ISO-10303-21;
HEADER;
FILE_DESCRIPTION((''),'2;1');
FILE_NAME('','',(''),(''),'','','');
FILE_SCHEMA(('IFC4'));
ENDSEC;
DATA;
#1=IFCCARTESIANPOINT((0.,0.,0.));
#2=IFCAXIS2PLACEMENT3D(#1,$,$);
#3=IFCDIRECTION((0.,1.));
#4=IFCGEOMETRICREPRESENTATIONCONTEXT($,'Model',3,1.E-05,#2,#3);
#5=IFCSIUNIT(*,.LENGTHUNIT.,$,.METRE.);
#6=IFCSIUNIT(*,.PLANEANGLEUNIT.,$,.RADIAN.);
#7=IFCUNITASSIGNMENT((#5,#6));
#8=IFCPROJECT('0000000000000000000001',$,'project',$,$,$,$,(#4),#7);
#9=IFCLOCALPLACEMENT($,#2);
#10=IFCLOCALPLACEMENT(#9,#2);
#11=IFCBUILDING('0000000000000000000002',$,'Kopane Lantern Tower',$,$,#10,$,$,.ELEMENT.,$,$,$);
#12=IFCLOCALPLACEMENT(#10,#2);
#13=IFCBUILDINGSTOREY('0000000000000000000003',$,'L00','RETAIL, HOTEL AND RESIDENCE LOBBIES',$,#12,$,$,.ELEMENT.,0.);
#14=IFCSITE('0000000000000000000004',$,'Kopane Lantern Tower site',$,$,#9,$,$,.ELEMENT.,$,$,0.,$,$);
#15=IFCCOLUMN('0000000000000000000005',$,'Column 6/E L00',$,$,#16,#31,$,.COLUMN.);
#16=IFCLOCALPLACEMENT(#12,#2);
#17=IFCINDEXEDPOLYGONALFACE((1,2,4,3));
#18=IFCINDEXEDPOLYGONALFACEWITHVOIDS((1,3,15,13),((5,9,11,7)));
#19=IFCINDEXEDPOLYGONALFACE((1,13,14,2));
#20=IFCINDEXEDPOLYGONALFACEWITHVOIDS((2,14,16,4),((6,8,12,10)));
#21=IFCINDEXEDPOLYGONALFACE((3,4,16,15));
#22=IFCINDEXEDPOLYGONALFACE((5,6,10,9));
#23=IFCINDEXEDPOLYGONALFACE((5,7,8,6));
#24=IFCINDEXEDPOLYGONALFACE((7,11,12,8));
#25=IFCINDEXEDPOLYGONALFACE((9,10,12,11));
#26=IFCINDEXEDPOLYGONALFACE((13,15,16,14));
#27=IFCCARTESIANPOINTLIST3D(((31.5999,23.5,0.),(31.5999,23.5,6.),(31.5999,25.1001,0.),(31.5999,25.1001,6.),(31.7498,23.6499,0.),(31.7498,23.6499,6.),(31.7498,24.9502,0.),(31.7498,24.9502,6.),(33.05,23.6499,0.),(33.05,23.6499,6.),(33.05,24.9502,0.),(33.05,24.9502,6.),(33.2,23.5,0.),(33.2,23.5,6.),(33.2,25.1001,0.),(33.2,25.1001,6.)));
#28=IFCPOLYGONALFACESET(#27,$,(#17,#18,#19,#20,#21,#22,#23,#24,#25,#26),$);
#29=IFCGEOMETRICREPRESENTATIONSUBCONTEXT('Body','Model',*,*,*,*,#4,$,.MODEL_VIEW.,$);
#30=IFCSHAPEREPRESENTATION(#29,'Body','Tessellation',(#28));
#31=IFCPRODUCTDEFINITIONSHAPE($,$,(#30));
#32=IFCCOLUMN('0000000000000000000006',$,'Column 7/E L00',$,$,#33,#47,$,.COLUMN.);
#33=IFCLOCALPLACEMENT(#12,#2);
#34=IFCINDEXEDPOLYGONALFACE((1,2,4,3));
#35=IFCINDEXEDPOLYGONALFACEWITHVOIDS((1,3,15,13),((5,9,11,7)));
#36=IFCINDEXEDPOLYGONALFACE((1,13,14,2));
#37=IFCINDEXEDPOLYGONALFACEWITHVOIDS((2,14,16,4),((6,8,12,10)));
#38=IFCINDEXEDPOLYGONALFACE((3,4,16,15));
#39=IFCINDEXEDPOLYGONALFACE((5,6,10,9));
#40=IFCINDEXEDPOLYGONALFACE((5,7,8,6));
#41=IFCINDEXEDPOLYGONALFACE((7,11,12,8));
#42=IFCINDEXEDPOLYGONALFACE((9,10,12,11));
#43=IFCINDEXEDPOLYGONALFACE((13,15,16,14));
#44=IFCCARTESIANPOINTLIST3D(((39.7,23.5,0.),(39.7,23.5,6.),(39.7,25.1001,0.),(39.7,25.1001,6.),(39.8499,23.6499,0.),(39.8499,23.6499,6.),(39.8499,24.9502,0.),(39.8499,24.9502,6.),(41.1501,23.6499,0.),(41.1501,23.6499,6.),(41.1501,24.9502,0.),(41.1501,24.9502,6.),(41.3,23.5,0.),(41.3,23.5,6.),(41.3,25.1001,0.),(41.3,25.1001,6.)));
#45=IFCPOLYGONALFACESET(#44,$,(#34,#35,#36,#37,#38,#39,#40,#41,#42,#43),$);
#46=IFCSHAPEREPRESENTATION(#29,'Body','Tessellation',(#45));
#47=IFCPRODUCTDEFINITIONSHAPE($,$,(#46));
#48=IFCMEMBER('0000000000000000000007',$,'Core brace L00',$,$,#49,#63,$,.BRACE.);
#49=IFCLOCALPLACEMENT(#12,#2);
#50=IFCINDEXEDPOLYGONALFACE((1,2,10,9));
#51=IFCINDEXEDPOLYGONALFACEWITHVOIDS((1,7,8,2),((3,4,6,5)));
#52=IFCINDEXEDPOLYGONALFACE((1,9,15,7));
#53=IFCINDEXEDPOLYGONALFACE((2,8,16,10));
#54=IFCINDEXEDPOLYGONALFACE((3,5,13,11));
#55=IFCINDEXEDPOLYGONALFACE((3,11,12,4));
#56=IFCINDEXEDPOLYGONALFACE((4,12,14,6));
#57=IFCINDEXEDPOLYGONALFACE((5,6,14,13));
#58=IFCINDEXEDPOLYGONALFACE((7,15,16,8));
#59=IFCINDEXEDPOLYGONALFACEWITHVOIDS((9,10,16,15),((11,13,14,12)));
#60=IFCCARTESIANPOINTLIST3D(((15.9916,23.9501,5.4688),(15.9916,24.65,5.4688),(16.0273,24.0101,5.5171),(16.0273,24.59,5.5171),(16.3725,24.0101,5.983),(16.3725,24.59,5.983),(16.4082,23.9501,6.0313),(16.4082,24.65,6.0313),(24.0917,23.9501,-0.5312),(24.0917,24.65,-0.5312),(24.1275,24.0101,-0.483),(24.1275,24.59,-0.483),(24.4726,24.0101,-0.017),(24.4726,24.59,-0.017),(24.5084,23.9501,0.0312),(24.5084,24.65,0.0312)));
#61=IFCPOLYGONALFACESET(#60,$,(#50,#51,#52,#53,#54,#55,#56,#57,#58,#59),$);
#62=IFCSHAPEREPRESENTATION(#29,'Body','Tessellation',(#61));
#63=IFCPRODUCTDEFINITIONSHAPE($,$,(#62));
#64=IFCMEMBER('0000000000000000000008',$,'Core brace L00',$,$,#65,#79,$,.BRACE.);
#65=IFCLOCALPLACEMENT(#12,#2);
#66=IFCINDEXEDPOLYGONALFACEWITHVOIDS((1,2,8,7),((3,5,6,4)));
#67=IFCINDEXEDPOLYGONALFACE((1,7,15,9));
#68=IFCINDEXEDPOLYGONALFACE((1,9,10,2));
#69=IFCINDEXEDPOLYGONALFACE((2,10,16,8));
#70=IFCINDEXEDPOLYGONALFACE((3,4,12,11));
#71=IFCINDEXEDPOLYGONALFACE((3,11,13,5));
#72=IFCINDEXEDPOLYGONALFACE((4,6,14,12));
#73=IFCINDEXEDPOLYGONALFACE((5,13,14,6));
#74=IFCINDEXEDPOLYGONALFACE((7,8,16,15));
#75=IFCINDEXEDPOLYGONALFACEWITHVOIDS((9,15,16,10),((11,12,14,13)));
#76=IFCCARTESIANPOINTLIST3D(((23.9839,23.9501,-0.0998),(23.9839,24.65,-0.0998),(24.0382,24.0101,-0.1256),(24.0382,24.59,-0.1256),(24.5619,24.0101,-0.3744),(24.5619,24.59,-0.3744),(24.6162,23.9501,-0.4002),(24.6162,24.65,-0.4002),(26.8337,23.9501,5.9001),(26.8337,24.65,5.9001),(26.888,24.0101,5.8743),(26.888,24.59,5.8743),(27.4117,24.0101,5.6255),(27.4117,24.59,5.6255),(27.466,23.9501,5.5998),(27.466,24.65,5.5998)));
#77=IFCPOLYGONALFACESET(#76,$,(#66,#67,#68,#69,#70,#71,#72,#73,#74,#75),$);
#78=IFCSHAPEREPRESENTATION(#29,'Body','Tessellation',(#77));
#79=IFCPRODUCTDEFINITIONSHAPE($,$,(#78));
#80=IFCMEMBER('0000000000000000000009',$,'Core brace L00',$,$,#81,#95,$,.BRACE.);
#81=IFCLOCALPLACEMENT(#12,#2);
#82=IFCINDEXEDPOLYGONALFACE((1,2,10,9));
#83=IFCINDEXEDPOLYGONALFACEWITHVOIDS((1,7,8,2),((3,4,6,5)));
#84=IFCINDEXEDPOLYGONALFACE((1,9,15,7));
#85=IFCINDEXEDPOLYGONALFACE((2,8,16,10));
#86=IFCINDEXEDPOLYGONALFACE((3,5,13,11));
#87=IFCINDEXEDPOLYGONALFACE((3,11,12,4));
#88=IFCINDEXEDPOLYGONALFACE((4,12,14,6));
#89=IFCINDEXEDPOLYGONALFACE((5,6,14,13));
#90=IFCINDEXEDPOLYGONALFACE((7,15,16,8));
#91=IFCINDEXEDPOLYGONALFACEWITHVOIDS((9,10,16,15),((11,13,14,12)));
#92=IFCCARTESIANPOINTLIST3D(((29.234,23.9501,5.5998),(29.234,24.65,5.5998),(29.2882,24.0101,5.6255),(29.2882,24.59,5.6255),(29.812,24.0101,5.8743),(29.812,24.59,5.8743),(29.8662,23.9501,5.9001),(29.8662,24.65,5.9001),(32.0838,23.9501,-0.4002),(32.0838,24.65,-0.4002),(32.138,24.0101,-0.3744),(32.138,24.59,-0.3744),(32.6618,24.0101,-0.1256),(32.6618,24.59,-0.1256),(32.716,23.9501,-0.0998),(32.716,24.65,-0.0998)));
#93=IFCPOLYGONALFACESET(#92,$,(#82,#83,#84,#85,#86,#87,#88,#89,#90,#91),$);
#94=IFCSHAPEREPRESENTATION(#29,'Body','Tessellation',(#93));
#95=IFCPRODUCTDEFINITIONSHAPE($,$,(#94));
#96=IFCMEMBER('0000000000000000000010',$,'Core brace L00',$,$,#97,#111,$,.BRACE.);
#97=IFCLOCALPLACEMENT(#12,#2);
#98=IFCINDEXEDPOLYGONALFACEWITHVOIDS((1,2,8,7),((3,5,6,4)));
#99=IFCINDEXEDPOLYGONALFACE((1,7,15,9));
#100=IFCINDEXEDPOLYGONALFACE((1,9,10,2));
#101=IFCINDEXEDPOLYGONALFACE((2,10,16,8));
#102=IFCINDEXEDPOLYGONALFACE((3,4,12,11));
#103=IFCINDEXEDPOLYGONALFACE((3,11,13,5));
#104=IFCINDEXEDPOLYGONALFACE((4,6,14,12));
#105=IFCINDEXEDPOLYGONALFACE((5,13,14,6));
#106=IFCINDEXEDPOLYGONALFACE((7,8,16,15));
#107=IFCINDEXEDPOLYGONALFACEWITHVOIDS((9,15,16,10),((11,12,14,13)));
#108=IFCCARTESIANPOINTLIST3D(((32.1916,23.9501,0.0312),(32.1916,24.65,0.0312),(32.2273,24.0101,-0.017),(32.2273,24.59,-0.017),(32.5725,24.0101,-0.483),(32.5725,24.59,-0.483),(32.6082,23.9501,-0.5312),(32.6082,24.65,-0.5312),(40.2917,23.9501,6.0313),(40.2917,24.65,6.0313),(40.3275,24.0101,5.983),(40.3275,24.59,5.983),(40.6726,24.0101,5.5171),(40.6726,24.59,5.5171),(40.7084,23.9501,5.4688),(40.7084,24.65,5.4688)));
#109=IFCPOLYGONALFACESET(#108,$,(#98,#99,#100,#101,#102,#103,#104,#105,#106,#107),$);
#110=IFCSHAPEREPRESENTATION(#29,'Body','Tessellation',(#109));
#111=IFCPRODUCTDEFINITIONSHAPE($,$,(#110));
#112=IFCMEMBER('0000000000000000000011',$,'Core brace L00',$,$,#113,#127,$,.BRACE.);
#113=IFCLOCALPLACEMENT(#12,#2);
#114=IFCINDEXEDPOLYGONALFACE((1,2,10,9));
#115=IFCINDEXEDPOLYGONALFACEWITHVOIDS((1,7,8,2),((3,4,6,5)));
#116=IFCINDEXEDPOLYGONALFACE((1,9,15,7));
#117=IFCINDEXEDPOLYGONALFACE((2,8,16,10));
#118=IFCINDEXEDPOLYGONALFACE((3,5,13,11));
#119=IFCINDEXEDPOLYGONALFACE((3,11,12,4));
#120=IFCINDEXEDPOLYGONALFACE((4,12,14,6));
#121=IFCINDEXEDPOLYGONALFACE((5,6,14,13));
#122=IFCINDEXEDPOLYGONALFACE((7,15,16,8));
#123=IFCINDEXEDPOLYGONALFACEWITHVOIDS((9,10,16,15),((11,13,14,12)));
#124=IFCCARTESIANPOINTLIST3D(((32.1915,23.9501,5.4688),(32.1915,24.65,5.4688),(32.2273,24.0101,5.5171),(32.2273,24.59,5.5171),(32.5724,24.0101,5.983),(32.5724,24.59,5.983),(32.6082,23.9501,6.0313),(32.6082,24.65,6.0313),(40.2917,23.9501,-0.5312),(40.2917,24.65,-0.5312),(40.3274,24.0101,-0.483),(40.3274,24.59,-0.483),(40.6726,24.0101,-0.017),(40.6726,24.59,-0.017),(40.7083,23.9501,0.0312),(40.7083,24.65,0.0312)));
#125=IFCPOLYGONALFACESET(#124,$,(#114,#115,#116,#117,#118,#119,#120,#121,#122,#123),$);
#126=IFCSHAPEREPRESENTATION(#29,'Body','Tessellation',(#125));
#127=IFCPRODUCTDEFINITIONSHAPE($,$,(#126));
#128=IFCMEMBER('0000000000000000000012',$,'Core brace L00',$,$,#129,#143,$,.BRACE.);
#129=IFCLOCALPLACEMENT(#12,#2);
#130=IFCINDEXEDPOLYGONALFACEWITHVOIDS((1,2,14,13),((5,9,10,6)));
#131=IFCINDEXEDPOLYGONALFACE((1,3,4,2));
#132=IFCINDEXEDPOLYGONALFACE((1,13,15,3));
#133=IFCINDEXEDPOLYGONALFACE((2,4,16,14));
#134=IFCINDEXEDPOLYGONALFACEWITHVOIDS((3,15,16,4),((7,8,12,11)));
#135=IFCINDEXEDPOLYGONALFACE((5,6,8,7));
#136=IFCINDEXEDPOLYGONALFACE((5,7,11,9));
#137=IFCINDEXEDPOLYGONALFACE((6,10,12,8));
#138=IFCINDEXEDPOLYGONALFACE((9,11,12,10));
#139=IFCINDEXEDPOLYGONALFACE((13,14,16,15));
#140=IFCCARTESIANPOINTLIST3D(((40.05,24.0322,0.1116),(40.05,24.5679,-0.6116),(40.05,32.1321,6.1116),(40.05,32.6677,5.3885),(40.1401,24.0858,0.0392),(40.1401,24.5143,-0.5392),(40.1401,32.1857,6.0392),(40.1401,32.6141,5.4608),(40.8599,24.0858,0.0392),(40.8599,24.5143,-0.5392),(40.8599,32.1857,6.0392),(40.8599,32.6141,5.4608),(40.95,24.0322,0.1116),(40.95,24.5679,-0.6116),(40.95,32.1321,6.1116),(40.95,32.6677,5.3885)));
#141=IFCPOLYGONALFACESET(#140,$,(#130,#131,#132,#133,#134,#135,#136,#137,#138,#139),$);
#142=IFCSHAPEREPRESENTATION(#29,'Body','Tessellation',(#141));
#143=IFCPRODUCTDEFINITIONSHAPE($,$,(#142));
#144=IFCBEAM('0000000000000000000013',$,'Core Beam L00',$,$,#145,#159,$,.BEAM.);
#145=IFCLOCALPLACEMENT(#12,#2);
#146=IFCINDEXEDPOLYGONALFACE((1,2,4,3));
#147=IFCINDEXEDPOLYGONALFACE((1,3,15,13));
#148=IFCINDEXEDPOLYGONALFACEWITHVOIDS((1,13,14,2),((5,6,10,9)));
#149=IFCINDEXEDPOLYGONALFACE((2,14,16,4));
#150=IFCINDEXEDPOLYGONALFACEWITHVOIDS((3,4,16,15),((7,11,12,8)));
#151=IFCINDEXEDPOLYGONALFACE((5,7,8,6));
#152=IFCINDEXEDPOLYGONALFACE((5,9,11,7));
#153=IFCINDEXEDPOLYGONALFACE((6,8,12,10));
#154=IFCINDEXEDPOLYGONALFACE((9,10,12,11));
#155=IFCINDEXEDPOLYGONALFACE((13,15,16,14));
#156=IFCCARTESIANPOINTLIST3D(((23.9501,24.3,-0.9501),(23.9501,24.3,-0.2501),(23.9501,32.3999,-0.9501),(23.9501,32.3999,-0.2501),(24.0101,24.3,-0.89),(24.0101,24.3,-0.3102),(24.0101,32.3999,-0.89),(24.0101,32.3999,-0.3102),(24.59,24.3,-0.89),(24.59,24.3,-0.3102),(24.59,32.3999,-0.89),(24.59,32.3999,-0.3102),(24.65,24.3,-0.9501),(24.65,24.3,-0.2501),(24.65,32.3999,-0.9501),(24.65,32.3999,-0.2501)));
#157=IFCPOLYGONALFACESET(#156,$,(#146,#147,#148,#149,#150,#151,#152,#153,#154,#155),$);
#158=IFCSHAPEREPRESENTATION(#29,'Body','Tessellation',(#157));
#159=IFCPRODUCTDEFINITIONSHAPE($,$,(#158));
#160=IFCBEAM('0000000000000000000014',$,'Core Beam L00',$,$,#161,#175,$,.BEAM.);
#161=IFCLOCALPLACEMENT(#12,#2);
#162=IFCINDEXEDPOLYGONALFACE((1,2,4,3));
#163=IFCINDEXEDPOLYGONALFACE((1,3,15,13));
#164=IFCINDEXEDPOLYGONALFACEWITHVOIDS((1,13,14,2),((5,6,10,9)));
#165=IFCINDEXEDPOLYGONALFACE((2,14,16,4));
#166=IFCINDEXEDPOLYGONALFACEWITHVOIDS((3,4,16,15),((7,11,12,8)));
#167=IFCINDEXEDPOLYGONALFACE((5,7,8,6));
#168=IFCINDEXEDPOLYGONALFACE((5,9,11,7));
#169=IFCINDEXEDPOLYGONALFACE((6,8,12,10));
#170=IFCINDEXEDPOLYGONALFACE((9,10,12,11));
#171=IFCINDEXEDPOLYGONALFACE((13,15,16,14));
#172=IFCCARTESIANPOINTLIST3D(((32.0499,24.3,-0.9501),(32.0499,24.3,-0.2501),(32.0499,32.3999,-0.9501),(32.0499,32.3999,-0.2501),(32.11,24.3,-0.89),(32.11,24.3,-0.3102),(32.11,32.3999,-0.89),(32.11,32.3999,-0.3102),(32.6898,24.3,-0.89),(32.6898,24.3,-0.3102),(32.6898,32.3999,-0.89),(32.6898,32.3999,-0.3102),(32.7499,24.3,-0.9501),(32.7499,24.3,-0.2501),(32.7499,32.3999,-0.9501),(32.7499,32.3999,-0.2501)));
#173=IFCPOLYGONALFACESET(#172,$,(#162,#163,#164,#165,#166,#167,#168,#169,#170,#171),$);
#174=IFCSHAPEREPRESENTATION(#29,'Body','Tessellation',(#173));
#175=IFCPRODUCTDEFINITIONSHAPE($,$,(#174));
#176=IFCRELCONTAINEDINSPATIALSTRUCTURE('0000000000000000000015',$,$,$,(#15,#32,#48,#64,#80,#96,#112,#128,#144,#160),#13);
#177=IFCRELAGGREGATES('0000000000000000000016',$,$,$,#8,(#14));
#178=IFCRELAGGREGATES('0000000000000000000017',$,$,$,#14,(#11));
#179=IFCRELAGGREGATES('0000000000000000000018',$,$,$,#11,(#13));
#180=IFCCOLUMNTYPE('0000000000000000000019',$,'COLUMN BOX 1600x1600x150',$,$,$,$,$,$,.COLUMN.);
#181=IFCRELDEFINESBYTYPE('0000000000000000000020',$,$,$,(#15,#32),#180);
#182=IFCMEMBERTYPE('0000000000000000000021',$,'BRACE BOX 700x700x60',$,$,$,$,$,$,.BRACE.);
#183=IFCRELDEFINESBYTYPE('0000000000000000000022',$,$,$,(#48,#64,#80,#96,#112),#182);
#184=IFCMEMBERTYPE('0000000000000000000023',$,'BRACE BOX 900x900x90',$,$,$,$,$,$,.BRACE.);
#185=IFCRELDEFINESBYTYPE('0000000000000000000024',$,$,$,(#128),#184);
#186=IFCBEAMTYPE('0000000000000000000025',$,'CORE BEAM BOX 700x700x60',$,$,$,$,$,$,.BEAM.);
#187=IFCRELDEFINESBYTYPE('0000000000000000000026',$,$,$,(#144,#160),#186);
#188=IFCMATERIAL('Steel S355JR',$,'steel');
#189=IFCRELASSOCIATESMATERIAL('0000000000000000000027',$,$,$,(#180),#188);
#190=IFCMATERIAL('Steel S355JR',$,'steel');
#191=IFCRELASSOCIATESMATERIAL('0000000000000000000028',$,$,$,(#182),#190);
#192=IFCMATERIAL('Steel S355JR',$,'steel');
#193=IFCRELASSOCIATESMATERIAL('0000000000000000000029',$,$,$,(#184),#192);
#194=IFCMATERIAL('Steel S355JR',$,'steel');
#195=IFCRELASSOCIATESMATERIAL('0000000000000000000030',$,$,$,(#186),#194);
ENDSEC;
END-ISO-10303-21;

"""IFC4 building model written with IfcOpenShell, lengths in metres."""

from ifc_helpers import new_model, si_unit, direction, frame, origin, origin_2d, place, context, subcontext, project, spatial, hollow_rectangle, extrude, material, material_profile, profile_set, type_object, element, save


model = new_model("IFC4")

# Units and contexts
model_context = context("Model", 3, precision=1e-05, world=origin(), true_north=direction((0.0, 1.0)))
body_context = subcontext(model_context, "Body", "Model", "MODEL_VIEW")
ifc_project = project(units=[si_unit("LENGTHUNIT", "METRE"), si_unit("PLANEANGLEUNIT", "RADIAN")], contexts=[model_context])

# Site, building, storey
site_placement = place(None, origin())
site = spatial("IfcSite", under=ifc_project, at=site_placement, Name="Kopane Lantern Tower site", CompositionType="ELEMENT", RefElevation=0.0)
building_placement = place(site_placement, origin())
building = spatial("IfcBuilding", under=site, at=building_placement, Name="Kopane Lantern Tower", CompositionType="ELEMENT")
storey_placement = place(building_placement, origin())
storey = spatial("IfcBuildingStorey", under=building, at=storey_placement, Name="L00", Description="RETAIL, HOTEL AND RESIDENCE LOBBIES", CompositionType="ELEMENT", Elevation=0.0)

# Columns
ifc_material_1 = material(Name="Steel S355JR", Category="steel")
ifc_material_profile_1 = material_profile(ifc_material_1, hollow_rectangle(XDim=1.6001, YDim=1.6001, WallThickness=0.1499, at=origin_2d()), Name="BOX 1600x1600x150")
ifc_profile_set_1 = profile_set([ifc_material_profile_1], Name="Steel S355JR")
column_type = type_object("IfcColumnType", Name="COLUMN BOX 1600x1600x150", PredefinedType="COLUMN", material=ifc_profile_set_1)
for number, where, z_axis, x_axis, name in (
    (1, (32.3999, 24.3, 0.0), (0.0, 0.0, 1.0), (1.0, 0.0, 0.0), "Column 6/E L00"),
    (2, (40.5, 24.3, 0.0), (0.0, 0.0, 1.0), (1.0, 0.0, 0.0), "Column 7/E L00"),
):
    element("IfcColumn", number, at=place(storey_placement, frame(where, z_axis=z_axis, x_axis=x_axis)), inside=storey, type_object=column_type, Name=name, PredefinedType="COLUMN", context=body_context, shape_type="SweptSolid", body=[
        extrude(hollow_rectangle(XDim=1.6001, YDim=1.6001, WallThickness=0.1499, at=origin_2d()), origin(), (0.0, 0.0, 1.0), 6.0),
    ])

# Members
ifc_material_2 = material(Name="Steel S355JR", Category="steel")
ifc_material_profile_2 = material_profile(ifc_material_2, hollow_rectangle(XDim=0.7, YDim=0.7, WallThickness=0.0601, at=origin_2d()), Name="BOX 700x700x60")
ifc_profile_set_2 = profile_set([ifc_material_profile_2], Name="Steel S355JR")
member_type_1 = type_object("IfcMemberType", Name="BRACE BOX 700x700x60", PredefinedType="BRACE", material=ifc_profile_set_2)
member_1_placement = place(storey_placement, frame((24.3, 24.3, -0.25), z_axis=(-0.803561, 0.0, 0.595223), x_axis=(0.0, -1.0, 0.0)))
element("IfcMember", 3, at=member_1_placement, inside=storey, type_object=member_type_1, Name="Core brace L00", PredefinedType="BRACE", context=body_context, shape_type="SweptSolid", body=[
    extrude(hollow_rectangle(XDim=0.7, YDim=0.7, WallThickness=0.0601, at=origin_2d()), origin(), (0.0, 0.0, 1.0), 10.0803),
])
for number, where, z_axis, x_axis, name in (
    (4, (24.3, 24.3, -0.25), (0.429039, 0.0, 0.903286), (0.0, 1.0, 0.0), "Core brace L00"),
    (5, (32.3999, 24.3, -0.25), (-0.429039, 0.0, 0.903286), (0.0, -1.0, 0.0), "Core brace L00"),
):
    element("IfcMember", number, at=place(storey_placement, frame(where, z_axis=z_axis, x_axis=x_axis)), inside=storey, type_object=member_type_1, Name=name, PredefinedType="BRACE", context=body_context, shape_type="SweptSolid", body=[
        extrude(hollow_rectangle(XDim=0.7, YDim=0.7, WallThickness=0.0601, at=origin_2d()), origin(), (0.0, 0.0, 1.0), 6.6423),
    ])
for number, where, z_axis, x_axis, name in (
    (6, (32.3999, 24.3, -0.25), (0.803561, 0.0, 0.595223), (0.0, 1.0, 0.0), "Core brace L00"),
    (7, (40.5, 24.3, -0.25), (-0.803561, 0.0, 0.595223), (0.0, -1.0, 0.0), "Core brace L00"),
):
    element("IfcMember", number, at=place(storey_placement, frame(where, z_axis=z_axis, x_axis=x_axis)), inside=storey, type_object=member_type_1, Name=name, PredefinedType="BRACE", context=body_context, shape_type="SweptSolid", body=[
        extrude(hollow_rectangle(XDim=0.7, YDim=0.7, WallThickness=0.0601, at=origin_2d()), origin(), (0.0, 0.0, 1.0), 10.0803),
    ])
ifc_material_3 = material(Name="Steel S355JR", Category="steel")
ifc_material_profile_3 = material_profile(ifc_material_3, hollow_rectangle(XDim=0.8999, YDim=0.8999, WallThickness=0.0901, at=origin_2d()), Name="BOX 900x900x90")
ifc_profile_set_3 = profile_set([ifc_material_profile_3], Name="Steel S355JR")
member_type_2 = type_object("IfcMemberType", Name="BRACE BOX 900x900x90", PredefinedType="BRACE", material=ifc_profile_set_3)
member_2_placement = place(storey_placement, frame((40.5, 24.3, -0.25), z_axis=(0.0, 0.803552, 0.595235), x_axis=(-1.0, 0.0, 0.0)))
element("IfcMember", 8, at=member_2_placement, inside=storey, type_object=member_type_2, Name="Core brace L00", PredefinedType="BRACE", context=body_context, shape_type="SweptSolid", body=[
    extrude(hollow_rectangle(XDim=0.8999, YDim=0.8999, WallThickness=0.0901, at=origin_2d()), origin(), (0.0, 0.0, 1.0), 10.0801),
])

# Beams
ifc_material_4 = material(Name="Steel S355JR", Category="steel")
ifc_material_profile_4 = material_profile(ifc_material_4, hollow_rectangle(XDim=0.7, YDim=0.7, WallThickness=0.0601, at=origin_2d()), Name="BOX 700x700x60")
ifc_profile_set_4 = profile_set([ifc_material_profile_4], Name="Steel S355JR")
beam_type_1 = type_object("IfcBeamType", Name="CORE BEAM BOX 700x700x60", PredefinedType="BEAM", material=ifc_profile_set_4)
for number, where, z_axis, x_axis, name in (
    (9, (24.3, 24.3, -0.6001), (0.0, 1.0, 0.0), (-1.0, 0.0, 0.0), "Core Beam L00"),
    (10, (32.3999, 24.3, -0.6001), (0.0, 1.0, 0.0), (-1.0, 0.0, 0.0), "Core Beam L00"),
):
    element("IfcBeam", number, at=place(storey_placement, frame(where, z_axis=z_axis, x_axis=x_axis)), inside=storey, type_object=beam_type_1, Name=name, PredefinedType="BEAM", context=body_context, shape_type="SweptSolid", body=[
        extrude(hollow_rectangle(XDim=0.7, YDim=0.7, WallThickness=0.0601, at=origin_2d()), origin(), (0.0, 0.0, 1.0), 8.0999),
    ])

save(model, "model.ifc")
